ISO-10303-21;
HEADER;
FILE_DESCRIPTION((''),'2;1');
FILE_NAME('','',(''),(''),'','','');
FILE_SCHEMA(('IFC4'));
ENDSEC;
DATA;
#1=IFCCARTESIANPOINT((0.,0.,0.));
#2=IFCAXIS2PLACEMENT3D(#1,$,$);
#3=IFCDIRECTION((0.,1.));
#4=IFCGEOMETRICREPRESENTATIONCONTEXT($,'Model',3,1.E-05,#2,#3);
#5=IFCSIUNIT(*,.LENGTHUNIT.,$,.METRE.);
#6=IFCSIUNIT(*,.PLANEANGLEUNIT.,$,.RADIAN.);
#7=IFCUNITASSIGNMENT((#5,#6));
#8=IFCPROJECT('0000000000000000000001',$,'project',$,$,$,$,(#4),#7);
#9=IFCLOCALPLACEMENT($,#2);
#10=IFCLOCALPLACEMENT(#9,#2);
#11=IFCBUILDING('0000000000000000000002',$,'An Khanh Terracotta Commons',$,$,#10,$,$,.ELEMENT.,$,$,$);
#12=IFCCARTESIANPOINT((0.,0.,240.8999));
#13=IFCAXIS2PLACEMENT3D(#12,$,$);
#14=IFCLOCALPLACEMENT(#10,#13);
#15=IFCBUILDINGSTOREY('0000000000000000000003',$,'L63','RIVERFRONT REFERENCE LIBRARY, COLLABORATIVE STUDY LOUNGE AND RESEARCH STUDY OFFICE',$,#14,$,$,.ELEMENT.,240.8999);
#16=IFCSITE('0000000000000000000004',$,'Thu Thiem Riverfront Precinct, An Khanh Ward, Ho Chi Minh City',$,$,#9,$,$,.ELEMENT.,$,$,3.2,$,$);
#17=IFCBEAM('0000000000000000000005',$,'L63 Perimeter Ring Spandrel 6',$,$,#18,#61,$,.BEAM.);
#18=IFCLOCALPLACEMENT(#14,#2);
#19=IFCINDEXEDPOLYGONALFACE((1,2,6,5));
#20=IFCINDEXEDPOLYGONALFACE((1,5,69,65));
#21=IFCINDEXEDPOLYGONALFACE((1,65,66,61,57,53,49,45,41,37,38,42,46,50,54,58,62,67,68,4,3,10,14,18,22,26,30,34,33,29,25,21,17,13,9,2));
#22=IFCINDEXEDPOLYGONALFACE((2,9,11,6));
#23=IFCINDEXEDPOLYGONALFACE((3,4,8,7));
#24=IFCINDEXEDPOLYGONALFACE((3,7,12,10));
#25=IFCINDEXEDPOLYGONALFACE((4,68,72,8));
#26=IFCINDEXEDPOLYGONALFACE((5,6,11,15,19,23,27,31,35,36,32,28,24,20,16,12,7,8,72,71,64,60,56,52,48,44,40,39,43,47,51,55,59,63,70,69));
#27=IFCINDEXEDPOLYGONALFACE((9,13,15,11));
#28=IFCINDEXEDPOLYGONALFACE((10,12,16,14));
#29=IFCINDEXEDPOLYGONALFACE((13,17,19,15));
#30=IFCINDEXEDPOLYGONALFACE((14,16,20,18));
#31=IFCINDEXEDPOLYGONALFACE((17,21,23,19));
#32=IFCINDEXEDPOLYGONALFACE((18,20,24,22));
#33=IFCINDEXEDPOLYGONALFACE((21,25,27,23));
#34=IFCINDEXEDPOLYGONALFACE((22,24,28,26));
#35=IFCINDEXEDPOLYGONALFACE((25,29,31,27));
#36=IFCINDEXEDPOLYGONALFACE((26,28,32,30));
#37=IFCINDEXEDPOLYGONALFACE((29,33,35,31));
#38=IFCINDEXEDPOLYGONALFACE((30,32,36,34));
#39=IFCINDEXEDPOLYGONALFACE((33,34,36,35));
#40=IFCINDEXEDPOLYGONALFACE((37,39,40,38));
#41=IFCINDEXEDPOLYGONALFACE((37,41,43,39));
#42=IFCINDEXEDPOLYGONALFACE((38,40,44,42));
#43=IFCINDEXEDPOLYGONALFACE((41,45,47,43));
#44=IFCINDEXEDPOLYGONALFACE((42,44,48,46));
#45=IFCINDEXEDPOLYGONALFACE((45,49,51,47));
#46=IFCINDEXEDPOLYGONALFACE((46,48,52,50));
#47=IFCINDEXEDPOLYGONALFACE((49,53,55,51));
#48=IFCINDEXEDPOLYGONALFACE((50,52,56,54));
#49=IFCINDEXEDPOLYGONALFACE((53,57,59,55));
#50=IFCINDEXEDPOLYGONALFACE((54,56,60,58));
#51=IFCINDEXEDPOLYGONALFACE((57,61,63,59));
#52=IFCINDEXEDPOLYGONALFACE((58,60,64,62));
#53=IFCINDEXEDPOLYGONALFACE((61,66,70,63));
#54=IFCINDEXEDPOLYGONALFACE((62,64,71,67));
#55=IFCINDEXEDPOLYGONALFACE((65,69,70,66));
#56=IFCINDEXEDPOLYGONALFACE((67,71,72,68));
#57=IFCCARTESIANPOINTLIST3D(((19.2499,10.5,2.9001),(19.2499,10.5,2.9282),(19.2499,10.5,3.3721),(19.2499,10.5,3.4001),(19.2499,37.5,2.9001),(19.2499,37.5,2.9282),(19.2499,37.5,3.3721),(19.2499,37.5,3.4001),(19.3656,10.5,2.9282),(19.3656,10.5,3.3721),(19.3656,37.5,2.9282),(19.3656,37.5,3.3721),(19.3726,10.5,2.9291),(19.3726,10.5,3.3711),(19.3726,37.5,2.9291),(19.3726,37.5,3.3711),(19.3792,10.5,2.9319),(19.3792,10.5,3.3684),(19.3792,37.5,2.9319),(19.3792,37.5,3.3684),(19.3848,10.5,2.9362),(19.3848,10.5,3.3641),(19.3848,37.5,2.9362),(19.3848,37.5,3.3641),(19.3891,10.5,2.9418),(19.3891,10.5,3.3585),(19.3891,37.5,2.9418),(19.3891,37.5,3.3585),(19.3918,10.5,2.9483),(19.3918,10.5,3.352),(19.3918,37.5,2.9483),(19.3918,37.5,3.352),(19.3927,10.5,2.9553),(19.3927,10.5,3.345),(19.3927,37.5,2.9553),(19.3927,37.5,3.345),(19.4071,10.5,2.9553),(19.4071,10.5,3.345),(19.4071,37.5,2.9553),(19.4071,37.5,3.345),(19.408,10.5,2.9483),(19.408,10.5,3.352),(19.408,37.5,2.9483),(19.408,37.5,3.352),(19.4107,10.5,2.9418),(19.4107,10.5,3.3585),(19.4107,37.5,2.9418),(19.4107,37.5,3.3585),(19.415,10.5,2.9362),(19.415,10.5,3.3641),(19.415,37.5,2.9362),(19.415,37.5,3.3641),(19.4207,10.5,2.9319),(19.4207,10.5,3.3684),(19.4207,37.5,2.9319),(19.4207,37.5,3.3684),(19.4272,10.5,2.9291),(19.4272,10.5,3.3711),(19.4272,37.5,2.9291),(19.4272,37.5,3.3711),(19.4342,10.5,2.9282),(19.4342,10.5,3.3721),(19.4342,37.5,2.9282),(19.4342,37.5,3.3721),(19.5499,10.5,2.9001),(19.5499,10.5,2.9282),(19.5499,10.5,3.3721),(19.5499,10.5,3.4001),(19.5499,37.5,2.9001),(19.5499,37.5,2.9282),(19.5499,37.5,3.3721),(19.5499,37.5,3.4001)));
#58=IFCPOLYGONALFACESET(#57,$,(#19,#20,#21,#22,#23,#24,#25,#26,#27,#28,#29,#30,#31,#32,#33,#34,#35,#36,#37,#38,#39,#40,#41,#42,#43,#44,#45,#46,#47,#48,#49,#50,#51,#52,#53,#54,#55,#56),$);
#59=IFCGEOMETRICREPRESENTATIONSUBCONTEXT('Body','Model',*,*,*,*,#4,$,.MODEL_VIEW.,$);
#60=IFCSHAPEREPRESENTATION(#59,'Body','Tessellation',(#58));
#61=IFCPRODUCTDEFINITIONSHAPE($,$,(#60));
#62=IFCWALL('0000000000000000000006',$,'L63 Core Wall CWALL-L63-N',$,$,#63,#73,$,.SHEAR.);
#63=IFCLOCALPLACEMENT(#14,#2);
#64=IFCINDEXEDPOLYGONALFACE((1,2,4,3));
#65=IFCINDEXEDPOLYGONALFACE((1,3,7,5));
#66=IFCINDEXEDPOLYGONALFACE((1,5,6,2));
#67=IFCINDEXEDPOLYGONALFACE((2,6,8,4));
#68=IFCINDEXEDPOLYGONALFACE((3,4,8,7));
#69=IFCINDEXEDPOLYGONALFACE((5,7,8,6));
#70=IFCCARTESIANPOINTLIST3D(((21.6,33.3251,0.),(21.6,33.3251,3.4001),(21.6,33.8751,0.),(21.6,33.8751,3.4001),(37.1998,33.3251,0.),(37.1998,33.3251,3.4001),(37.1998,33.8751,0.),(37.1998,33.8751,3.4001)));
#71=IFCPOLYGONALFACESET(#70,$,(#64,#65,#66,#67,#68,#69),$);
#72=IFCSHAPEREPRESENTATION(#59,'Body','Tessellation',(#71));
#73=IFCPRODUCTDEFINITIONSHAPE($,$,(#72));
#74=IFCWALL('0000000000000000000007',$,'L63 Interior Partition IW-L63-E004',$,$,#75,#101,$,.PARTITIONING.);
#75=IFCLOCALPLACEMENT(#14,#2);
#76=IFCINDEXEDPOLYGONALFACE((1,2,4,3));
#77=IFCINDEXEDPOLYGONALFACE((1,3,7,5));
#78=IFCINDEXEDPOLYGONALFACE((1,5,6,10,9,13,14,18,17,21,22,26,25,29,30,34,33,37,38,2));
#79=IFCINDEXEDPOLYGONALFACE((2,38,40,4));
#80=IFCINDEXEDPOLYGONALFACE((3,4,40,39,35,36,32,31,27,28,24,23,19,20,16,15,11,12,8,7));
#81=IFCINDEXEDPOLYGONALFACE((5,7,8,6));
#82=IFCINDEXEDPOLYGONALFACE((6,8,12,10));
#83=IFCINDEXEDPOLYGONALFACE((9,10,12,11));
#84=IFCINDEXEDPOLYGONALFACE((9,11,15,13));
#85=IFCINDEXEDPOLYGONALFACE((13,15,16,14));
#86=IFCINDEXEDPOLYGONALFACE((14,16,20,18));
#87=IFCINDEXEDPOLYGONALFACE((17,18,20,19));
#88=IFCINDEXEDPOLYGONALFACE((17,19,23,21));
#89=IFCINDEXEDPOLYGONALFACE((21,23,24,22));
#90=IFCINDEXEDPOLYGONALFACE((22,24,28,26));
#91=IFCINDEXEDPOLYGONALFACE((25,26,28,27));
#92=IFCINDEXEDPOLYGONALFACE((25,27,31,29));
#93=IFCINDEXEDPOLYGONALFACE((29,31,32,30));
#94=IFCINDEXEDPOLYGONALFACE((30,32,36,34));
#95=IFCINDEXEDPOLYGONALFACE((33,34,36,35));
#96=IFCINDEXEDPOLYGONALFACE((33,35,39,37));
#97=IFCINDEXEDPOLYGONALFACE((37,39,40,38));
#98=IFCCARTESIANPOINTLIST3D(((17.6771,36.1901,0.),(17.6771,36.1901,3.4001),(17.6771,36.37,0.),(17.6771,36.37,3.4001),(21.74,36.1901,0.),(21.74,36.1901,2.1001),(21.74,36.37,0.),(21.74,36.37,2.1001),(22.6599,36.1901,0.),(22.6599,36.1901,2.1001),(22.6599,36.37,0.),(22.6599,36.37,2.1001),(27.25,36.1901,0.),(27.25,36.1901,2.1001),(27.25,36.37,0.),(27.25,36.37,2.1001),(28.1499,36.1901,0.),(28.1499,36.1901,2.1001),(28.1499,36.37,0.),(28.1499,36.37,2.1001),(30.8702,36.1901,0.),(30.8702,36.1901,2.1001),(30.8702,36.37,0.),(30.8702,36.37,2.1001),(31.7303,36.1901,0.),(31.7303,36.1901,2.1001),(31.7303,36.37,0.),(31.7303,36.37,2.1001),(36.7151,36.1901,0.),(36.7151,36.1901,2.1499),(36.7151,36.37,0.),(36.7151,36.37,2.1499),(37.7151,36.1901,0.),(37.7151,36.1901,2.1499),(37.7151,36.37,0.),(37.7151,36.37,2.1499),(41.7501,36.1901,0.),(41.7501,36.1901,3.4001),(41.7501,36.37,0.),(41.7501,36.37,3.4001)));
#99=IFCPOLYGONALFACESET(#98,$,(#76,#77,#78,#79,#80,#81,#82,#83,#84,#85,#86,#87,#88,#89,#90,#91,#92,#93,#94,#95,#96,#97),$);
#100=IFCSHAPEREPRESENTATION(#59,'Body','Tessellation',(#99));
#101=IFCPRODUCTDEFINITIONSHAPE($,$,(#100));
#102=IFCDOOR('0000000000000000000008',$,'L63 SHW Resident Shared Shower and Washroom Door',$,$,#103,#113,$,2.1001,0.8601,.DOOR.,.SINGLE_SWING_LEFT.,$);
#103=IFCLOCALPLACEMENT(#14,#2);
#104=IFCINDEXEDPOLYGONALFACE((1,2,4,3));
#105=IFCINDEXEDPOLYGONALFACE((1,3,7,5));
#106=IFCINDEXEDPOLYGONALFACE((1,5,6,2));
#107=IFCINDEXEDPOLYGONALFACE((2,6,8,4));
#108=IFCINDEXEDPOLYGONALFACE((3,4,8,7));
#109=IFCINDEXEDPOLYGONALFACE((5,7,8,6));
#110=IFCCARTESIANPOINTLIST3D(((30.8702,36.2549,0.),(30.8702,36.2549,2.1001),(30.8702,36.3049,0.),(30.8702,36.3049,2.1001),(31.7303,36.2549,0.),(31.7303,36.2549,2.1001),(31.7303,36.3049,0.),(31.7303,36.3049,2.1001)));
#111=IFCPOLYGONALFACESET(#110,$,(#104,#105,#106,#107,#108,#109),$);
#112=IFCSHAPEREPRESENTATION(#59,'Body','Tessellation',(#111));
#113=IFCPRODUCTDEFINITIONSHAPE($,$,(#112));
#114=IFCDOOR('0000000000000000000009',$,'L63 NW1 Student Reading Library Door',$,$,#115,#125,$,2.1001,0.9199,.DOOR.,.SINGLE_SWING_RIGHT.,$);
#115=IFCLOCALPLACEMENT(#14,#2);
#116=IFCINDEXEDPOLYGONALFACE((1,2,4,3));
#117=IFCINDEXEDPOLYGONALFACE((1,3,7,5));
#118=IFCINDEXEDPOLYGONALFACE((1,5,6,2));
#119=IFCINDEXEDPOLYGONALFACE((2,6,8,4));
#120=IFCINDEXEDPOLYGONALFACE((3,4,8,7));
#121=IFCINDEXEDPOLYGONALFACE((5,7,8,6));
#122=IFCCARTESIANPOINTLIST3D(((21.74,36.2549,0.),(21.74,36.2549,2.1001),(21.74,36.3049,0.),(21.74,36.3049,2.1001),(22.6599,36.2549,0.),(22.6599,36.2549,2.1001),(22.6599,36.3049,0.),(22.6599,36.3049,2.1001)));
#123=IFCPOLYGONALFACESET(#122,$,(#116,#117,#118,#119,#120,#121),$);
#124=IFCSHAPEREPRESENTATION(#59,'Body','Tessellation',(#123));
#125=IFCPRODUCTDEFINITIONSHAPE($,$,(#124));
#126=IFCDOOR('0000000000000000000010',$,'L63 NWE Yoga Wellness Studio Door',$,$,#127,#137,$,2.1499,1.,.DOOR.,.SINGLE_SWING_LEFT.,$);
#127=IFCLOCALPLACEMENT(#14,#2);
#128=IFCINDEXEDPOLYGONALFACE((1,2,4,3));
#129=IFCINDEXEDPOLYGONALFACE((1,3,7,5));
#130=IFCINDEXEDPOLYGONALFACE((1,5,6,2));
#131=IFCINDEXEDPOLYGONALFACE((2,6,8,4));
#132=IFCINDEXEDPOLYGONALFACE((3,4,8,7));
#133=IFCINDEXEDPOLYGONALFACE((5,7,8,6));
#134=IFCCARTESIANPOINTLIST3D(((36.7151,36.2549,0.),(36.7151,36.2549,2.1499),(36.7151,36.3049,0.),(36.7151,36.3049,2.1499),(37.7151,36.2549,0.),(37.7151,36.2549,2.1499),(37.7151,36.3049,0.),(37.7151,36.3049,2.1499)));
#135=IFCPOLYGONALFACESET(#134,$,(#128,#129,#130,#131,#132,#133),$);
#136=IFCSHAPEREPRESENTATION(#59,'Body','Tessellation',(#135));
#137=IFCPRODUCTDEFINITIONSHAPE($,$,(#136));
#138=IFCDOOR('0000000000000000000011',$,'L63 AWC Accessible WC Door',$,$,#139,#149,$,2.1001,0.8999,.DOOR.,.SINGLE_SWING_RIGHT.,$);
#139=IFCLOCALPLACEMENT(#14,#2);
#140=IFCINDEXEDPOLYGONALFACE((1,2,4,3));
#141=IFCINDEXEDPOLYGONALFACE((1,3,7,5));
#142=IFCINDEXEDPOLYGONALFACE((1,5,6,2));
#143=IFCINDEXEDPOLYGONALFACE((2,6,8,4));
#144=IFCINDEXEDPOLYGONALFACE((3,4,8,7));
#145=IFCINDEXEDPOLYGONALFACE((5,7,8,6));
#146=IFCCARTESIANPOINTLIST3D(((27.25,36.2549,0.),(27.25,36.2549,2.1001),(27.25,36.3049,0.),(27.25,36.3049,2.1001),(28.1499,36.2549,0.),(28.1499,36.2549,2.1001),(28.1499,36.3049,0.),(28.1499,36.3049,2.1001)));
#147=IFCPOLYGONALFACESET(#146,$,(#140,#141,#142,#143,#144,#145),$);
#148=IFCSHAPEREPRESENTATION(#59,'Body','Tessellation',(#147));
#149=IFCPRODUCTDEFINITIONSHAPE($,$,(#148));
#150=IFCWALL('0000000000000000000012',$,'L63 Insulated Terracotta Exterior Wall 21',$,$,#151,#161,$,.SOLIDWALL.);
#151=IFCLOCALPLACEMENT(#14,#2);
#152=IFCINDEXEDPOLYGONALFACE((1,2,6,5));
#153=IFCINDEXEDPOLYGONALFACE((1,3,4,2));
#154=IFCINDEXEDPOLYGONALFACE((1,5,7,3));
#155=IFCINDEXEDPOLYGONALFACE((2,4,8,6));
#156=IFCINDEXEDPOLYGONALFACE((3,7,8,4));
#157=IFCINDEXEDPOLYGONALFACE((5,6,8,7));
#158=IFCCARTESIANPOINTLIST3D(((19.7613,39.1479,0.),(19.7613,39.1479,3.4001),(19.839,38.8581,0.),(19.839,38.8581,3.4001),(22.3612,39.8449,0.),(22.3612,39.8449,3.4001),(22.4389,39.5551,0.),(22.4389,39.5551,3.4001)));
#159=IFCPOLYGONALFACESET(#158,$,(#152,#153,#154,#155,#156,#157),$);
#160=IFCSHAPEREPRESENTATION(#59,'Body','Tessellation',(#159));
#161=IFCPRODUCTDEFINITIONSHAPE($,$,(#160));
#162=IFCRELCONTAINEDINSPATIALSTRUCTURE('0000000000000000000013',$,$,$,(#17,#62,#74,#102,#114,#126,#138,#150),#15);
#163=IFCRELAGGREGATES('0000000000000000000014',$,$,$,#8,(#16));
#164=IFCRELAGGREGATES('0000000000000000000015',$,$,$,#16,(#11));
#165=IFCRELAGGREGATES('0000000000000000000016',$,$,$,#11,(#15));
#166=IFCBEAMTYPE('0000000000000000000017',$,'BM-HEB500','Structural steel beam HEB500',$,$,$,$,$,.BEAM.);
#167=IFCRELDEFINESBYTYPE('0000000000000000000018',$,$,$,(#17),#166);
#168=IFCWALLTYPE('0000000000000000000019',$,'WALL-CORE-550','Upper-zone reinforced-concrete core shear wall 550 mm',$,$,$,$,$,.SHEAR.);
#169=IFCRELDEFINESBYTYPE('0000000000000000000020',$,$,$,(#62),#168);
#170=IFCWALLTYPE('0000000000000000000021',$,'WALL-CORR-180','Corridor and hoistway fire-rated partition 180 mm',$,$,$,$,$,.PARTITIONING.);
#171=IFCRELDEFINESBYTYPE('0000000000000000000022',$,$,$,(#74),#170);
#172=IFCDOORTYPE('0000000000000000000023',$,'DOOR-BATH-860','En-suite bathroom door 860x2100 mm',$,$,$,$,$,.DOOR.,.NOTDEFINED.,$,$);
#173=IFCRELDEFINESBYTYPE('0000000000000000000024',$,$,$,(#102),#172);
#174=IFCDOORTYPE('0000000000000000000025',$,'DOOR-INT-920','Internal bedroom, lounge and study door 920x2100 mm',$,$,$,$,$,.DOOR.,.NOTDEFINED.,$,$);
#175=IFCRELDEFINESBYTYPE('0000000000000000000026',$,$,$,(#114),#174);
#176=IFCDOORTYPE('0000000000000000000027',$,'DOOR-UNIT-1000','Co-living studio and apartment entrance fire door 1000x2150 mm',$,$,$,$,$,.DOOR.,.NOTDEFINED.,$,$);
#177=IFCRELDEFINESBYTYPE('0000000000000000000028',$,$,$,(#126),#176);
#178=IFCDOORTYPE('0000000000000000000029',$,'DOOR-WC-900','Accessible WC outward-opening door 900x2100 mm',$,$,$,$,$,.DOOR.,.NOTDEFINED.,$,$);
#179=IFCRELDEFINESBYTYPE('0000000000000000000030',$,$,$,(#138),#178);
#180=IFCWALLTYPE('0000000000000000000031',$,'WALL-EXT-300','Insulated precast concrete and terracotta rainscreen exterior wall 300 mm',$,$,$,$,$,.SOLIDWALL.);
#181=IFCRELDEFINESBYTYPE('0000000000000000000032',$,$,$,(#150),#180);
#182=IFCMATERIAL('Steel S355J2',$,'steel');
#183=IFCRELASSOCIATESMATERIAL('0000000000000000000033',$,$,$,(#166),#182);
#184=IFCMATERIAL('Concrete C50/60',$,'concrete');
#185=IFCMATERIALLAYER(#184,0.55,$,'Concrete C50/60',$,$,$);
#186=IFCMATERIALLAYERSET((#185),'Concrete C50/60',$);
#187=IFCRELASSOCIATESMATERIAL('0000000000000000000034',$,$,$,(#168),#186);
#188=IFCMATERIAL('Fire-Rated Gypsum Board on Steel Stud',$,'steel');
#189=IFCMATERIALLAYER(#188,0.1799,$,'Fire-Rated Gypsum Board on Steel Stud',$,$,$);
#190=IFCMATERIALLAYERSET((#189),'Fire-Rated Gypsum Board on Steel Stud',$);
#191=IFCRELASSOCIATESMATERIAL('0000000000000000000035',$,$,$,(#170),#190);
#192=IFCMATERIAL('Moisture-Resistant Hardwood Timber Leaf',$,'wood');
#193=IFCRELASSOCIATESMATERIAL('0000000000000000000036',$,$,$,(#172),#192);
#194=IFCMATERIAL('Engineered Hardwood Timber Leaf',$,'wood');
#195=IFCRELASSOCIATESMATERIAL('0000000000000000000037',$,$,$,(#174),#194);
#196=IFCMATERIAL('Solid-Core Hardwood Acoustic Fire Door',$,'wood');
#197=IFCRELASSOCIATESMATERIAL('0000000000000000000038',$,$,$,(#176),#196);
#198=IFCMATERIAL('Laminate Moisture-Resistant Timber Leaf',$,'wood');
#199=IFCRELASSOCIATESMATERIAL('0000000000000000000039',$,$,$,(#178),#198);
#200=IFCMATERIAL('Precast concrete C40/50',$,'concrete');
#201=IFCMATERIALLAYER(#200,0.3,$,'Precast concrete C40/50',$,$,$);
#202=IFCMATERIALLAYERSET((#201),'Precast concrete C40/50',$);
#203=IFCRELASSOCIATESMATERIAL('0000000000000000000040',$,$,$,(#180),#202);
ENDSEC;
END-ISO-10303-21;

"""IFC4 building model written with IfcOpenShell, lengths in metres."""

from ifc_helpers import new_model, si_unit, direction, frame, frame_2d, origin, origin_2d, place, context, subcontext, project, spatial, rectangle, i_section, extrude, material, layer, layer_set, material_profile, profile_set, type_object, element, fill, save


model = new_model("IFC4")

# Units and contexts
model_context = context("Model", 3, precision=1e-05, world=origin(), true_north=direction((0.0, 1.0)))
body_context = subcontext(model_context, "Body", "Model", "MODEL_VIEW")
ifc_project = project(units=[si_unit("LENGTHUNIT", "METRE"), si_unit("PLANEANGLEUNIT", "RADIAN")], contexts=[model_context])

# Site, building, storey
site_placement = place(None, origin())
site = spatial("IfcSite", under=ifc_project, at=site_placement, Name="Thu Thiem Riverfront Precinct, An Khanh Ward, Ho Chi Minh City", CompositionType="ELEMENT", RefElevation=3.2)
building_placement = place(site_placement, origin())
building = spatial("IfcBuilding", under=site, at=building_placement, Name="An Khanh Terracotta Commons", CompositionType="ELEMENT")
storey_placement = place(building_placement, frame((0.0, 0.0, 240.8999)))
storey = spatial("IfcBuildingStorey", under=building, at=storey_placement, Name="L63", Description="RIVERFRONT REFERENCE LIBRARY, COLLABORATIVE STUDY LOUNGE AND RESEARCH STUDY OFFICE", CompositionType="ELEMENT", Elevation=240.8999)

# Beam
ifc_material_1 = material(Name="Steel S355J2", Category="steel")
ifc_material_profile_1 = material_profile(ifc_material_1, i_section(OverallWidth=0.3, OverallDepth=0.5, WebThickness=0.0144, FlangeThickness=0.0281, FilletRadius=0.0271, at=origin_2d()), Name="HEB500")
ifc_profile_set_1 = profile_set([ifc_material_profile_1], Name="Steel S355J2")
beam_type_1 = type_object("IfcBeamType", Name="BM-HEB500", Description="Structural steel beam HEB500", PredefinedType="BEAM", material=ifc_profile_set_1)
beam_1_placement = place(storey_placement, frame((19.3999, 37.5, 3.1501), z_axis=(0.0, -1.0, 0.0), x_axis=(1.0, 0.0, 0.0)))
element("IfcBeam", 1, at=beam_1_placement, inside=storey, type_object=beam_type_1, Name="L63 Perimeter Ring Spandrel 6", PredefinedType="BEAM", context=body_context, shape_type="SweptSolid", body=[
    extrude(i_section(OverallWidth=0.3, OverallDepth=0.5, WebThickness=0.0144, FlangeThickness=0.0281, FilletRadius=0.0271, at=origin_2d()), origin(), (0.0, 0.0, 1.0), 27.0),
])

# Wall
ifc_material_2 = material(Name="Concrete C50/60", Category="concrete")
ifc_layer_1 = layer(ifc_material_2, 0.55, Name="Concrete C50/60")
ifc_layer_set_1 = layer_set([ifc_layer_1], Name="Concrete C50/60")
wall_type_1 = type_object("IfcWallType", Name="WALL-CORE-550", Description="Upper-zone reinforced-concrete core shear wall 550 mm", PredefinedType="SHEAR", material=ifc_layer_set_1)
wall_1_placement = place(storey_placement, frame((21.6001, 33.6001, 0.0), z_axis=(0.0, 0.0, 1.0), x_axis=(1.0, 0.0, 0.0)))
element("IfcWall", 2, at=wall_1_placement, inside=storey, type_object=wall_type_1, Name="L63 Core Wall CWALL-L63-N", PredefinedType="SHEAR", context=body_context, shape_type="SweptSolid", body=[
    extrude(rectangle(XDim=15.5999, YDim=0.55, at=frame_2d((7.7998, 0.0))), origin(), (0.0, 0.0, 1.0), 3.4001),
])

# Wall, openings, doors
ifc_material_3 = material(Name="Fire-Rated Gypsum Board on Steel Stud", Category="steel")
ifc_layer_2 = layer(ifc_material_3, 0.1799, Name="Fire-Rated Gypsum Board on Steel Stud")
ifc_layer_set_2 = layer_set([ifc_layer_2], Name="Fire-Rated Gypsum Board on Steel Stud")
wall_type_2 = type_object("IfcWallType", Name="WALL-CORR-180", Description="Corridor and hoistway fire-rated partition 180 mm", PredefinedType="PARTITIONING", material=ifc_layer_set_2)
wall_2_placement = place(storey_placement, frame((17.677, 36.28, 0.0), z_axis=(0.0, 0.0, 1.0), x_axis=(1.0, 0.0, 0.0)))
wall_2 = element("IfcWall", 3, at=wall_2_placement, inside=storey, type_object=wall_type_2, Name="L63 Interior Partition IW-L63-E004", PredefinedType="PARTITIONING", context=body_context, shape_type="SweptSolid", body=[
    extrude(rectangle(XDim=24.073, YDim=0.1799, at=frame_2d((12.0366, 0.0))), origin(), (0.0, 0.0, 1.0), 3.4001),
])
opening_1_placement = place(wall_2_placement, frame((9.573, 0.0, 0.0)))
opening_1 = element("IfcOpeningElement", 4, at=opening_1_placement, cuts=wall_2, PredefinedType="OPENING", context=body_context, shape_type="SweptSolid", body=[
    extrude(rectangle(XDim=0.8999, YDim=2.1001, at=frame_2d((0.45, 1.05))), frame((0.0, 0.0999, 0.0), z_axis=(0.0, -1.0, 0.0), x_axis=(1.0, 0.0, 0.0)), (0.0, 0.0, 1.0), 0.2),
])
opening_2_placement = place(wall_2_placement, frame((13.1931, 0.0, 0.0)))
opening_2 = element("IfcOpeningElement", 5, at=opening_2_placement, cuts=wall_2, PredefinedType="OPENING", context=body_context, shape_type="SweptSolid", body=[
    extrude(rectangle(XDim=0.8601, YDim=2.1001, at=frame_2d((0.4302, 1.05))), frame((0.0, 0.0999, 0.0), z_axis=(0.0, -1.0, 0.0), x_axis=(1.0, 0.0, 0.0)), (0.0, 0.0, 1.0), 0.2),
])
opening_3_placement = place(wall_2_placement, frame((4.063, 0.0, 0.0)))
opening_3 = element("IfcOpeningElement", 6, at=opening_3_placement, cuts=wall_2, PredefinedType="OPENING", context=body_context, shape_type="SweptSolid", body=[
    extrude(rectangle(XDim=0.9199, YDim=2.1001, at=frame_2d((0.46, 1.05))), frame((0.0, 0.0999, 0.0), z_axis=(0.0, -1.0, 0.0), x_axis=(1.0, 0.0, 0.0)), (0.0, 0.0, 1.0), 0.2),
])
opening_4_placement = place(wall_2_placement, frame((19.0381, 0.0, 0.0)))
opening_4 = element("IfcOpeningElement", 7, at=opening_4_placement, cuts=wall_2, PredefinedType="OPENING", context=body_context, shape_type="SweptSolid", body=[
    extrude(rectangle(XDim=1.0, YDim=2.1499, at=frame_2d((0.5, 1.075))), frame((0.0, 0.0999, 0.0), z_axis=(0.0, -1.0, 0.0), x_axis=(1.0, 0.0, 0.0)), (0.0, 0.0, 1.0), 0.2),
])
ifc_material_4 = material(Name="Moisture-Resistant Hardwood Timber Leaf", Category="wood")
door_type_1 = type_object("IfcDoorType", Name="DOOR-BATH-860", Description="En-suite bathroom door 860x2100 mm", OperationType="NOTDEFINED", PredefinedType="DOOR", material=ifc_material_4)
door_1_placement = place(opening_2_placement, origin())
door_1 = element("IfcDoor", 8, at=door_1_placement, inside=storey, type_object=door_type_1, Name="L63 SHW Resident Shared Shower and Washroom Door", OperationType="SINGLE_SWING_LEFT", OverallHeight=2.1001, OverallWidth=0.8601, PredefinedType="DOOR", context=body_context, shape_type="SweptSolid", body=[
    extrude(rectangle(XDim=0.8601, YDim=2.1001, at=frame_2d((0.4302, 1.05))), frame((0.0, 0.0249, 0.0), z_axis=(0.0, -1.0, 0.0), x_axis=(1.0, 0.0, 0.0)), (0.0, 0.0, 1.0), 0.05),
])
fill(opening_2, door_1)
ifc_material_5 = material(Name="Engineered Hardwood Timber Leaf", Category="wood")
door_type_2 = type_object("IfcDoorType", Name="DOOR-INT-920", Description="Internal bedroom, lounge and study door 920x2100 mm", OperationType="NOTDEFINED", PredefinedType="DOOR", material=ifc_material_5)
door_2_placement = place(opening_3_placement, origin())
door_2 = element("IfcDoor", 9, at=door_2_placement, inside=storey, type_object=door_type_2, Name="L63 NW1 Student Reading Library Door", OperationType="SINGLE_SWING_RIGHT", OverallHeight=2.1001, OverallWidth=0.9199, PredefinedType="DOOR", context=body_context, shape_type="SweptSolid", body=[
    extrude(rectangle(XDim=0.9199, YDim=2.1001, at=frame_2d((0.46, 1.05))), frame((0.0, 0.0249, 0.0), z_axis=(0.0, -1.0, 0.0), x_axis=(1.0, 0.0, 0.0)), (0.0, 0.0, 1.0), 0.05),
])
fill(opening_3, door_2)
ifc_material_6 = material(Name="Solid-Core Hardwood Acoustic Fire Door", Category="wood")
door_type_3 = type_object("IfcDoorType", Name="DOOR-UNIT-1000", Description="Co-living studio and apartment entrance fire door 1000x2150 mm", OperationType="NOTDEFINED", PredefinedType="DOOR", material=ifc_material_6)
door_3_placement = place(opening_4_placement, origin())
door_3 = element("IfcDoor", 10, at=door_3_placement, inside=storey, type_object=door_type_3, Name="L63 NWE Yoga Wellness Studio Door", OperationType="SINGLE_SWING_LEFT", OverallHeight=2.1499, OverallWidth=1.0, PredefinedType="DOOR", context=body_context, shape_type="SweptSolid", body=[
    extrude(rectangle(XDim=1.0, YDim=2.1499, at=frame_2d((0.5, 1.075))), frame((0.0, 0.0249, 0.0), z_axis=(0.0, -1.0, 0.0), x_axis=(1.0, 0.0, 0.0)), (0.0, 0.0, 1.0), 0.05),
])
fill(opening_4, door_3)
ifc_material_7 = material(Name="Laminate Moisture-Resistant Timber Leaf", Category="wood")
door_type_4 = type_object("IfcDoorType", Name="DOOR-WC-900", Description="Accessible WC outward-opening door 900x2100 mm", OperationType="NOTDEFINED", PredefinedType="DOOR", material=ifc_material_7)
door_4_placement = place(opening_1_placement, origin())
door_4 = element("IfcDoor", 11, at=door_4_placement, inside=storey, type_object=door_type_4, Name="L63 AWC Accessible WC Door", OperationType="SINGLE_SWING_RIGHT", OverallHeight=2.1001, OverallWidth=0.8999, PredefinedType="DOOR", context=body_context, shape_type="SweptSolid", body=[
    extrude(rectangle(XDim=0.8999, YDim=2.1001, at=frame_2d((0.45, 1.05))), frame((0.0, 0.0249, 0.0), z_axis=(0.0, -1.0, 0.0), x_axis=(1.0, 0.0, 0.0)), (0.0, 0.0, 1.0), 0.05),
])
fill(opening_1, door_4)

# Wall
ifc_material_8 = material(Name="Precast concrete C40/50", Category="concrete")
ifc_layer_3 = layer(ifc_material_8, 0.3, Name="Precast concrete C40/50")
ifc_layer_set_3 = layer_set([ifc_layer_3], Name="Precast concrete C40/50")
wall_type_3 = type_object("IfcWallType", Name="WALL-EXT-300", Description="Insulated precast concrete and terracotta rainscreen exterior wall 300 mm", PredefinedType="SOLIDWALL", material=ifc_layer_set_3)
wall_3_placement = place(storey_placement, frame((22.3999, 39.7, 0.0), z_axis=(0.0, 0.0, 1.0), x_axis=(-0.965889, -0.258955, 0.0)))
element("IfcWall", 12, at=wall_3_placement, inside=storey, type_object=wall_type_3, Name="L63 Insulated Terracotta Exterior Wall 21", PredefinedType="SOLIDWALL", context=body_context, shape_type="SweptSolid", body=[
    extrude(rectangle(XDim=2.6917, YDim=0.3, at=frame_2d((1.3457, 0.0))), origin(), (0.0, 0.0, 1.0), 3.4001),
])

save(model, "model.ifc")
